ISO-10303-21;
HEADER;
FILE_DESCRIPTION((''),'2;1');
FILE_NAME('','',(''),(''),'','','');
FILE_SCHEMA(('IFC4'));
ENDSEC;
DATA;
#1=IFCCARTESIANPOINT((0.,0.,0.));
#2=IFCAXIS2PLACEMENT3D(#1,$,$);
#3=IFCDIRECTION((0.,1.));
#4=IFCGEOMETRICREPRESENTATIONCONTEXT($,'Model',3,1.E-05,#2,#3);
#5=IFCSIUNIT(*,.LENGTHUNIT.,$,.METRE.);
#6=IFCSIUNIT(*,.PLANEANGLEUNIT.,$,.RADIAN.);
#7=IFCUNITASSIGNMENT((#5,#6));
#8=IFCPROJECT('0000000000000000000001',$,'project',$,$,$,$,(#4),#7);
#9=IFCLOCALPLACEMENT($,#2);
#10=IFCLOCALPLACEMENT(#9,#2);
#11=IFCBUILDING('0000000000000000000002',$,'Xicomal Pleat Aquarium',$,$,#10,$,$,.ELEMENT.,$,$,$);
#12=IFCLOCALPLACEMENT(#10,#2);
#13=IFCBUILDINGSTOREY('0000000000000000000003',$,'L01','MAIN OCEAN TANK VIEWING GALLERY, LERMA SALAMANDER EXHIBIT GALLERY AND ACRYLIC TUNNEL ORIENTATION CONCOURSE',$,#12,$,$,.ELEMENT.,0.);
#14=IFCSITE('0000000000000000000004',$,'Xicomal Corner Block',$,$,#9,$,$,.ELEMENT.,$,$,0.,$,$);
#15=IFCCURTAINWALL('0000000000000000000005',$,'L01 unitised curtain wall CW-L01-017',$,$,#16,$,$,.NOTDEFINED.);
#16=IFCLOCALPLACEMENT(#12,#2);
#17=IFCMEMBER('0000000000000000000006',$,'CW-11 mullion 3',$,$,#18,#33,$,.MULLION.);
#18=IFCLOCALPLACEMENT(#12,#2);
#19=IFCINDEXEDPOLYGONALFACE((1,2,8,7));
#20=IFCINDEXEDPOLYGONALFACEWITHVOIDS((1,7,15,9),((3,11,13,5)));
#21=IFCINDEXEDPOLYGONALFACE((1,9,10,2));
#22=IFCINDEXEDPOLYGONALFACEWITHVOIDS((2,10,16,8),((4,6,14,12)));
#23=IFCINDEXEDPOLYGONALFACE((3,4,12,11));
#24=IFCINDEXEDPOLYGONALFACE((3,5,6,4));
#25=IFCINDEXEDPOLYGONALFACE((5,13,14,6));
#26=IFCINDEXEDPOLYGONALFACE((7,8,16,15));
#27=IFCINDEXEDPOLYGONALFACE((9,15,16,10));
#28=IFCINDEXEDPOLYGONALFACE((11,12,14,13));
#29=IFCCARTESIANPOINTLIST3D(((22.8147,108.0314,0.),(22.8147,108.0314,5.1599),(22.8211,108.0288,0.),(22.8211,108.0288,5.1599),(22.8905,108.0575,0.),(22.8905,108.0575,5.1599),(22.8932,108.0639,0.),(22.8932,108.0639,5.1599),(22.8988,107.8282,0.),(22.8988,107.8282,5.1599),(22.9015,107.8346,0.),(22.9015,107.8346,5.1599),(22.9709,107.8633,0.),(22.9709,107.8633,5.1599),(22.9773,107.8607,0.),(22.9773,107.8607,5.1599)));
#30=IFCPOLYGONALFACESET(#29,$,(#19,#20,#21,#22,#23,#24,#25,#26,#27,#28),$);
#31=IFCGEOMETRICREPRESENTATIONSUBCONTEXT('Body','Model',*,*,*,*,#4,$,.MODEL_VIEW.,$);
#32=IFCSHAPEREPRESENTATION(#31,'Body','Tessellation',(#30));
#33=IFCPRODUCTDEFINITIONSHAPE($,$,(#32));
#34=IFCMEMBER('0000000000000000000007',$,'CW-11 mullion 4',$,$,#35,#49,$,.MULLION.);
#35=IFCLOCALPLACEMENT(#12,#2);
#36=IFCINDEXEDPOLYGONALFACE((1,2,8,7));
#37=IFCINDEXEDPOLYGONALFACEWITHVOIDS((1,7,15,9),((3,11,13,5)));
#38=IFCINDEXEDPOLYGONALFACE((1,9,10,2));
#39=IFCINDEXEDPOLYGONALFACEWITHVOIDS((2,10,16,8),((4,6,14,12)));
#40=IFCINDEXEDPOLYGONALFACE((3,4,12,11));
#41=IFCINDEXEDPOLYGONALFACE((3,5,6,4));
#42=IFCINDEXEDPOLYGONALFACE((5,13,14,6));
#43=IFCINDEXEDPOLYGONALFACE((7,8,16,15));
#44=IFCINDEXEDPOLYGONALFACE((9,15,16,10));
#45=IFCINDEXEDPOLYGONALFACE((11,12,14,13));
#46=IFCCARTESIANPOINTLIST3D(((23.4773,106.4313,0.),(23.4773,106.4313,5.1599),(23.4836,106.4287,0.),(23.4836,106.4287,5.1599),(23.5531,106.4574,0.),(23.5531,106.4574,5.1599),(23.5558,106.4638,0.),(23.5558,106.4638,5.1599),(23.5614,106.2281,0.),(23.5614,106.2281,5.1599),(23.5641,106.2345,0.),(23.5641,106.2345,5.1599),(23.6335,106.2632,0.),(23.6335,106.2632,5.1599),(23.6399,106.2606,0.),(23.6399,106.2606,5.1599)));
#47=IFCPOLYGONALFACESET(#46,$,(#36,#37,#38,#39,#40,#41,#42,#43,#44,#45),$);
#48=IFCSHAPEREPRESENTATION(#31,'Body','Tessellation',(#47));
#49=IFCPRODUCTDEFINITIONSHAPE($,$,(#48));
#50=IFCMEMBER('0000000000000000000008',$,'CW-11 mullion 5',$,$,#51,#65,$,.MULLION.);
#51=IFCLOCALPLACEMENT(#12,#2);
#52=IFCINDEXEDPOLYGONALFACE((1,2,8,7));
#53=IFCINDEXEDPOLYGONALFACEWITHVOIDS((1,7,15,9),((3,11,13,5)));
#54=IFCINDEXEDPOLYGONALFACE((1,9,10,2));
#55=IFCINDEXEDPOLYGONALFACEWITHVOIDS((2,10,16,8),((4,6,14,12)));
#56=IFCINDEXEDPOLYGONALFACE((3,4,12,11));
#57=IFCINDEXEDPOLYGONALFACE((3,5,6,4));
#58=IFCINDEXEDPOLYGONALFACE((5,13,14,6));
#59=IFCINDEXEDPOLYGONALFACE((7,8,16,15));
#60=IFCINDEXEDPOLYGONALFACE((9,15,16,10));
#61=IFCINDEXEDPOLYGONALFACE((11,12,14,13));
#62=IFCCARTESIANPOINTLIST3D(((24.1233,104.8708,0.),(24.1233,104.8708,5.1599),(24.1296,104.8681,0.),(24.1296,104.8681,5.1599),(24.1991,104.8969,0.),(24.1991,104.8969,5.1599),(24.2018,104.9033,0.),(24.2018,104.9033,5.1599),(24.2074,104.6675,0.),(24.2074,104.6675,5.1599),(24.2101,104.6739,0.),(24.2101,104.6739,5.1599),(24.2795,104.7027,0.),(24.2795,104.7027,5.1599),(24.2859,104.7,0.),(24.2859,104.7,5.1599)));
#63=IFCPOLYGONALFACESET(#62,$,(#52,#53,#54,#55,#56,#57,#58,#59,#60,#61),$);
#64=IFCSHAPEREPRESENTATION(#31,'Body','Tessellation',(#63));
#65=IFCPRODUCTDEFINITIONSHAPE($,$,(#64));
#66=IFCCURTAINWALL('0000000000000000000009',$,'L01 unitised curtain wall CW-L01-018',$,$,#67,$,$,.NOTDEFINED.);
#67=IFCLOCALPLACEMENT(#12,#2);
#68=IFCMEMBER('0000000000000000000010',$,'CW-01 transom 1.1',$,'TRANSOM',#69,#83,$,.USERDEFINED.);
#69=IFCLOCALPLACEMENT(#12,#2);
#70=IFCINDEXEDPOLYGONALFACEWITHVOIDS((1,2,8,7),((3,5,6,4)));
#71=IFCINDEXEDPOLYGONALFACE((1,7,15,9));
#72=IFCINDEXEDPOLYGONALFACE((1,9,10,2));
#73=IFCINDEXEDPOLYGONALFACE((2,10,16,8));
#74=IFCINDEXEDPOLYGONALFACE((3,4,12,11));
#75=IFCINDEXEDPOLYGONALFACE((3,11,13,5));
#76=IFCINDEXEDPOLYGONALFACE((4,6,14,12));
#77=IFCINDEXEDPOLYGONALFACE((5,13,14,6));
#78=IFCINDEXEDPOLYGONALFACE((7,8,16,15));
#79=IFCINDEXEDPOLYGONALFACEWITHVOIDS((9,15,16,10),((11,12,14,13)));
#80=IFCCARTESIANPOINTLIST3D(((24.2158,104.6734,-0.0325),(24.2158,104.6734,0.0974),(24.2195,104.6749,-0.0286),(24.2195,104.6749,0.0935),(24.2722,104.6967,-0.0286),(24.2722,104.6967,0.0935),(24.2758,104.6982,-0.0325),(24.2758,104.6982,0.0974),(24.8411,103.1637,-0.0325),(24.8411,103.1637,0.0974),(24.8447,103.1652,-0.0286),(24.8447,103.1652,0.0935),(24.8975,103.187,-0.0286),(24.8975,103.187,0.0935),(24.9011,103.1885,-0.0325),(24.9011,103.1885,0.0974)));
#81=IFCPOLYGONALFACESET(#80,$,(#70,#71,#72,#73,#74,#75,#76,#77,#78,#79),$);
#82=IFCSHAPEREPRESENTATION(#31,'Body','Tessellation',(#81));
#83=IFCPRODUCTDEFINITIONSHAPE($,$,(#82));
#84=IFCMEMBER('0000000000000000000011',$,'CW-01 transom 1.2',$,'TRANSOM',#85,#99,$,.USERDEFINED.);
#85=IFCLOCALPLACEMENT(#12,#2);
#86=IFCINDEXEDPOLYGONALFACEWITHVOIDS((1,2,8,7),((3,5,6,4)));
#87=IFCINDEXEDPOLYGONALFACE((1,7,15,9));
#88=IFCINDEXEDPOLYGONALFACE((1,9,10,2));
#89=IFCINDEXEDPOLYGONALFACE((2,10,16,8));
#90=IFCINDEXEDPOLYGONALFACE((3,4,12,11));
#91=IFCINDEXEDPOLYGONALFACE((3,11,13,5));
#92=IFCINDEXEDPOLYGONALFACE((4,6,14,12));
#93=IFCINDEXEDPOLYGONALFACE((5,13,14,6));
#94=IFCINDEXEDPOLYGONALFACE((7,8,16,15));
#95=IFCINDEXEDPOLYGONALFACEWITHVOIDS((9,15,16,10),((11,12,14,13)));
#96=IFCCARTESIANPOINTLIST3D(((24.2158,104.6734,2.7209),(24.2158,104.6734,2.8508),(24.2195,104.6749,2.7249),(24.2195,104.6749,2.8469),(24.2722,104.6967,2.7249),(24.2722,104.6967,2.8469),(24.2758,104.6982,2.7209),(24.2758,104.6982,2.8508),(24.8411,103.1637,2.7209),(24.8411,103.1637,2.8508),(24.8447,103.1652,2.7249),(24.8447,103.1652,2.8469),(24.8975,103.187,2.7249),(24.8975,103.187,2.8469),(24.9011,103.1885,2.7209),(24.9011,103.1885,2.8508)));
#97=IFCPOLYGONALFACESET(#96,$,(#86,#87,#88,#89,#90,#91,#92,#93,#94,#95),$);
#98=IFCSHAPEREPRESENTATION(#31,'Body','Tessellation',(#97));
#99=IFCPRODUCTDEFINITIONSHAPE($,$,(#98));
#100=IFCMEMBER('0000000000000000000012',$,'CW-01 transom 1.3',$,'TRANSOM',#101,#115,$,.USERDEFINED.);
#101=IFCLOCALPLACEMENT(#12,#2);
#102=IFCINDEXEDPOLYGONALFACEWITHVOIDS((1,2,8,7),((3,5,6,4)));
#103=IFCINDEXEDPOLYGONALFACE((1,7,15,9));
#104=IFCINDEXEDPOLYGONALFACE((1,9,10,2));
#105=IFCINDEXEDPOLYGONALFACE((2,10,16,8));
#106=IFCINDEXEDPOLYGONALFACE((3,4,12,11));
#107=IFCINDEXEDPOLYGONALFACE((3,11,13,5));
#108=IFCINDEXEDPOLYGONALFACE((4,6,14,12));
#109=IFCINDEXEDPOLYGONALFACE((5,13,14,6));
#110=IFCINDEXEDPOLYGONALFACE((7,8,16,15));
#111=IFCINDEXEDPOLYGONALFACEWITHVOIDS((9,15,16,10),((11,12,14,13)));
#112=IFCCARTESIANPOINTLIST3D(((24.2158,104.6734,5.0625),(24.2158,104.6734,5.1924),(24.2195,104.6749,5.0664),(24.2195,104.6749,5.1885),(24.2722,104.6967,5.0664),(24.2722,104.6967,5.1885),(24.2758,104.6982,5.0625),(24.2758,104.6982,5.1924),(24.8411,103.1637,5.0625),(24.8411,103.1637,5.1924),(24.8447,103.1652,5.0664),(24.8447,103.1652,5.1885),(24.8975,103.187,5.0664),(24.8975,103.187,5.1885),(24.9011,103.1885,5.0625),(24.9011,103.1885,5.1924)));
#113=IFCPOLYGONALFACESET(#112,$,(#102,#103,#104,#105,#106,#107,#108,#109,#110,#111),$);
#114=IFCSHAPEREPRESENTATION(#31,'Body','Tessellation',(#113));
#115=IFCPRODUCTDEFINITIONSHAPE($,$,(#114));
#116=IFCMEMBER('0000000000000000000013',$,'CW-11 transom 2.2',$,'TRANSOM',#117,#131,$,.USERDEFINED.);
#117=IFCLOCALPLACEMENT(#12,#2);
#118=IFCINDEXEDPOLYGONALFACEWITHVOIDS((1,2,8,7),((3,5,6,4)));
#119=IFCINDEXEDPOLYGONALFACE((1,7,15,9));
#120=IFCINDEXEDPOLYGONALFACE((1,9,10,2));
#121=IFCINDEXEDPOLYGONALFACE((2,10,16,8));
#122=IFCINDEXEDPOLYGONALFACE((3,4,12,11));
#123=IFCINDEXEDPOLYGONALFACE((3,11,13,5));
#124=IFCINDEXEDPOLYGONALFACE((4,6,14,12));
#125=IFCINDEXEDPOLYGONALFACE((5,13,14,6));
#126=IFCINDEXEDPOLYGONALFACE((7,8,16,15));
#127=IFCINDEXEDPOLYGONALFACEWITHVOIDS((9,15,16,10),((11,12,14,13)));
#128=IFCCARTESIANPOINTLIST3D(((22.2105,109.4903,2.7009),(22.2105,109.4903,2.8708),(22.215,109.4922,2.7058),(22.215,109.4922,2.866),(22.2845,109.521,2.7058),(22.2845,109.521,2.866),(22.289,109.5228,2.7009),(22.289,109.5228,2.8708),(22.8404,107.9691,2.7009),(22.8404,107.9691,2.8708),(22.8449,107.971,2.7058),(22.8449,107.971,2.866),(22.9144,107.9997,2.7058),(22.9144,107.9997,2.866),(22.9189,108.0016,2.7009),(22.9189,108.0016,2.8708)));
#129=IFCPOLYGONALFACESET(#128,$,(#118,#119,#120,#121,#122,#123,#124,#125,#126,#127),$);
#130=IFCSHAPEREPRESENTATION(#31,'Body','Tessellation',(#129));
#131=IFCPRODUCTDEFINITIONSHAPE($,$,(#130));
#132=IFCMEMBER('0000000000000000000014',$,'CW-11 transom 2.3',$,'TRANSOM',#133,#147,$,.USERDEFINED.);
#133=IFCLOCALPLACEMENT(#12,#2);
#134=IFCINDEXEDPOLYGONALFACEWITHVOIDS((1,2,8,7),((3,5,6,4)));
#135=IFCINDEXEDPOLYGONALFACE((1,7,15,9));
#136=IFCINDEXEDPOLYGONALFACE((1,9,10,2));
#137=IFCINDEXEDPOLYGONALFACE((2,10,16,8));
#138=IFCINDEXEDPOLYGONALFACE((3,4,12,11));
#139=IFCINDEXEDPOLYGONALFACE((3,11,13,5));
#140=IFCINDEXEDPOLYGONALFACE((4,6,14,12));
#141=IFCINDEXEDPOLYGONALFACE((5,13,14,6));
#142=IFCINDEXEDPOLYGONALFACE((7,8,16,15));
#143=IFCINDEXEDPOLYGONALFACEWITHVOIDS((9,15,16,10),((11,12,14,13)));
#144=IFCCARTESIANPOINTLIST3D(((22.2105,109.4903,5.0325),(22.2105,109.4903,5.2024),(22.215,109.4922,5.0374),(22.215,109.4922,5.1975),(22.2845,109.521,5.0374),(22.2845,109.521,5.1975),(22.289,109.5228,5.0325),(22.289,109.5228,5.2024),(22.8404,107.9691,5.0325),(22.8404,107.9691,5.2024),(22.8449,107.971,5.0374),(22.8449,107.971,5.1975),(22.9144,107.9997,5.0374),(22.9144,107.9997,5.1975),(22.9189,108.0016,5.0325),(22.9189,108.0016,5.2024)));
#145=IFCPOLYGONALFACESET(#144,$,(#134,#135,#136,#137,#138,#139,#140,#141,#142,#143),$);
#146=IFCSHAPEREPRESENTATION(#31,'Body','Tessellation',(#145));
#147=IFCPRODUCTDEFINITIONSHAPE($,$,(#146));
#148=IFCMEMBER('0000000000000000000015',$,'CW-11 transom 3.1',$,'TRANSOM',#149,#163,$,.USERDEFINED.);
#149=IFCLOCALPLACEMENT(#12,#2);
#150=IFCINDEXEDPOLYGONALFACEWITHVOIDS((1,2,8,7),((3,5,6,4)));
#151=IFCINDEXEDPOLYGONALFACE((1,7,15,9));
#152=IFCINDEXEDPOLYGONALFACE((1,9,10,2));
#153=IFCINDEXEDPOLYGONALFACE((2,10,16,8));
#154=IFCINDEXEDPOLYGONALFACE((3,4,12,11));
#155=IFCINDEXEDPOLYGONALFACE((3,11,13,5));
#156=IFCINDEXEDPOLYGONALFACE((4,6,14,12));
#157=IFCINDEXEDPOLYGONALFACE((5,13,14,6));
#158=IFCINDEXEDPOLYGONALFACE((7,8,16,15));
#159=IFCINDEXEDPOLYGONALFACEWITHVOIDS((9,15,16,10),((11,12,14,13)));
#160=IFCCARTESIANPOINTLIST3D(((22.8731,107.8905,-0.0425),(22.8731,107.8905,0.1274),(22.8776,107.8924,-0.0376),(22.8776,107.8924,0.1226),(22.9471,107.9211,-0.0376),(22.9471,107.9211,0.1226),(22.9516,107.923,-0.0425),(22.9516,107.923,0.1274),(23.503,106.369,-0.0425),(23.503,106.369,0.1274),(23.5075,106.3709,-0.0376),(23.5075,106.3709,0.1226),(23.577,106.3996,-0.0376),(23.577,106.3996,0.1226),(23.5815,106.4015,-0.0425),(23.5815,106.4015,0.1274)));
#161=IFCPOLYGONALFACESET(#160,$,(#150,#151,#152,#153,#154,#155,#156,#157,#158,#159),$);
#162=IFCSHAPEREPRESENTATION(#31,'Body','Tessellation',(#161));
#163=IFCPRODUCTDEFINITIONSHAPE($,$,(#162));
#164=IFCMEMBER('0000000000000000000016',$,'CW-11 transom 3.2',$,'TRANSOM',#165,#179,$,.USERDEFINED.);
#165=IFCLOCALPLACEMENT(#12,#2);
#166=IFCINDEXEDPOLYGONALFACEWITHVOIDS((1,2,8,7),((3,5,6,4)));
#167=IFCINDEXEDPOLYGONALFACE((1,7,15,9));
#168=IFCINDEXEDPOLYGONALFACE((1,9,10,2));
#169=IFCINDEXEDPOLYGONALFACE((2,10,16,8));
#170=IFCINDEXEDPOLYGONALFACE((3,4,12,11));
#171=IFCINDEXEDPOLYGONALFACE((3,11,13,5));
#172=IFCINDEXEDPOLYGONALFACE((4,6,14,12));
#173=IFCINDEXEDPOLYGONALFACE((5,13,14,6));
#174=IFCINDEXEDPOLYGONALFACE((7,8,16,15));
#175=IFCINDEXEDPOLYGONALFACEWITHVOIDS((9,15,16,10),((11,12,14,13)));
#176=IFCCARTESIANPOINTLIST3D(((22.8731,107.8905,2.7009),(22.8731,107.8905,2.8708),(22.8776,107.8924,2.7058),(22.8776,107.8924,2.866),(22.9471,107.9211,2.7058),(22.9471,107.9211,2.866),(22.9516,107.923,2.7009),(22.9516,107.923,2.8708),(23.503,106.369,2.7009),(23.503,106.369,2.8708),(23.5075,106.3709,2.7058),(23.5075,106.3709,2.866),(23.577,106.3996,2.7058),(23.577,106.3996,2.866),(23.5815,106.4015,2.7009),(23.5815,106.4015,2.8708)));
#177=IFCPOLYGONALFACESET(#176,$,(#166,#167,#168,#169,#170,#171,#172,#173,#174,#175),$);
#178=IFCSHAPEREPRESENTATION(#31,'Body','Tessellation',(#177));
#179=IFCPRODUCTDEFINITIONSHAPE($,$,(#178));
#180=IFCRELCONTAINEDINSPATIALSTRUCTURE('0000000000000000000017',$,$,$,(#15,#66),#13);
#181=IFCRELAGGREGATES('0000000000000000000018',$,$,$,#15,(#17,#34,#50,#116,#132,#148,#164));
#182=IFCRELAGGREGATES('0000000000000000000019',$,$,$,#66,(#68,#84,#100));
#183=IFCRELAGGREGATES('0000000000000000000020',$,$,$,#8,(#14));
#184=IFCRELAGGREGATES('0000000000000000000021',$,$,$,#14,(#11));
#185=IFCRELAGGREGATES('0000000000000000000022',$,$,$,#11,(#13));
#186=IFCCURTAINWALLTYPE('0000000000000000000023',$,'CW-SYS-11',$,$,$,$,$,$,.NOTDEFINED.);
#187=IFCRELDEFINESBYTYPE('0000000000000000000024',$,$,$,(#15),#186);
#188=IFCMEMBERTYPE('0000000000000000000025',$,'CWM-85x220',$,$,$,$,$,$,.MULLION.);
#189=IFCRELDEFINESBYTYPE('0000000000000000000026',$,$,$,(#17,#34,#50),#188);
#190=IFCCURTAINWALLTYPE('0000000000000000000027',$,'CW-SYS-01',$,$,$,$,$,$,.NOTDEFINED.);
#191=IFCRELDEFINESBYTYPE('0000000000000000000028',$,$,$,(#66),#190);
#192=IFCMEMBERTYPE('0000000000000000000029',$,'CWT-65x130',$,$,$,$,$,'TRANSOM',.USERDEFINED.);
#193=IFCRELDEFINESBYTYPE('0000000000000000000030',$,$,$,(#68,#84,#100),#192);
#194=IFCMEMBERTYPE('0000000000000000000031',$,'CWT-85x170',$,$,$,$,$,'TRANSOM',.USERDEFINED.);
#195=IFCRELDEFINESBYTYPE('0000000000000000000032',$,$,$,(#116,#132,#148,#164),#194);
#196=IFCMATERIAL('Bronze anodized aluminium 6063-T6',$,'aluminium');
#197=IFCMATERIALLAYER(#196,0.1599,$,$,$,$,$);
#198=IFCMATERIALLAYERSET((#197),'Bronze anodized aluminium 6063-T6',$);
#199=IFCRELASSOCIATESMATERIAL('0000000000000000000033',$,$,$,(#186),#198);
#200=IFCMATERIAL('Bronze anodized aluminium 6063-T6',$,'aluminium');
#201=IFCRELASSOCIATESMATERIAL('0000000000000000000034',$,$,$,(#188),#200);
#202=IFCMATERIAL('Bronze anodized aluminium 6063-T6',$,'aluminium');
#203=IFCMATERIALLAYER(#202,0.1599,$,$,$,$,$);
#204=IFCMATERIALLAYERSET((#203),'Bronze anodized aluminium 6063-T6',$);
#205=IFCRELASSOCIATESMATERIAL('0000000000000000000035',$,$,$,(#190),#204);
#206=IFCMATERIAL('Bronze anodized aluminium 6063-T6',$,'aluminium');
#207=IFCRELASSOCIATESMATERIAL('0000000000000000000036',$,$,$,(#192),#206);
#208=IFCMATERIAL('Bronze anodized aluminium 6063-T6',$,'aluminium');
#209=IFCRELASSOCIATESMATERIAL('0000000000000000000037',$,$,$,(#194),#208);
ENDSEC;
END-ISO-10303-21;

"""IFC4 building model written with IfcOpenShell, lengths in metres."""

from ifc_helpers import new_model, si_unit, direction, frame, origin, origin_2d, place, context, subcontext, project, spatial, hollow_rectangle, extrude, material, layer, layer_set, material_profile, profile_set, type_object, element, aggregate, save


model = new_model("IFC4")

# Units and contexts
model_context = context("Model", 3, precision=1e-05, world=origin(), true_north=direction((0.0, 1.0)))
body_context = subcontext(model_context, "Body", "Model", "MODEL_VIEW")
ifc_project = project(units=[si_unit("LENGTHUNIT", "METRE"), si_unit("PLANEANGLEUNIT", "RADIAN")], contexts=[model_context])

# Site, building, storey
site_placement = place(None, origin())
site = spatial("IfcSite", under=ifc_project, at=site_placement, Name="Xicomal Corner Block", CompositionType="ELEMENT", RefElevation=0.0)
building_placement = place(site_placement, origin())
building = spatial("IfcBuilding", under=site, at=building_placement, Name="Xicomal Pleat Aquarium", CompositionType="ELEMENT")
storey_placement = place(building_placement, origin())
storey = spatial("IfcBuildingStorey", under=building, at=storey_placement, Name="L01", Description="MAIN OCEAN TANK VIEWING GALLERY, LERMA SALAMANDER EXHIBIT GALLERY AND ACRYLIC TUNNEL ORIENTATION CONCOURSE", CompositionType="ELEMENT", Elevation=0.0)

# Curtain walls, members
ifc_material_1 = material(Name="Bronze anodized aluminium 6063-T6", Category="aluminium")
ifc_layer_1 = layer(ifc_material_1, 0.1599)
ifc_layer_set_1 = layer_set([ifc_layer_1], Name="Bronze anodized aluminium 6063-T6")
curtain_wall_type_1 = type_object("IfcCurtainWallType", Name="CW-SYS-11", PredefinedType="NOTDEFINED", material=ifc_layer_set_1)
curtain_wall_1_placement = place(storey_placement, origin())
curtain_wall_1 = element("IfcCurtainWall", 1, at=curtain_wall_1_placement, inside=storey, type_object=curtain_wall_type_1, Name="L01 unitised curtain wall CW-L01-017", PredefinedType="NOTDEFINED")
ifc_material_2 = material(Name="Bronze anodized aluminium 6063-T6", Category="aluminium")
ifc_material_profile_1 = material_profile(ifc_material_2, hollow_rectangle(XDim=0.085, YDim=0.22, WallThickness=0.0049, at=origin_2d()), Name="ALU MULL 85x220")
ifc_profile_set_1 = profile_set([ifc_material_profile_1], Name="Bronze anodized aluminium 6063-T6")
member_type_1 = type_object("IfcMemberType", Name="CWM-85x220", PredefinedType="MULLION", material=ifc_profile_set_1)
member_1_placement = place(storey_placement, frame((22.896, 107.946, 0.0), z_axis=(0.0, 0.0, 1.0), x_axis=(0.923929, 0.382564, 0.0)))
member_1 = element("IfcMember", 2, at=member_1_placement, type_object=member_type_1, Name="CW-11 mullion 3", PredefinedType="MULLION", context=body_context, shape_type="SweptSolid", body=[
    extrude(hollow_rectangle(XDim=0.085, YDim=0.22, WallThickness=0.0049, at=origin_2d()), origin(), (0.0, 0.0, 1.0), 5.1599),
])
member_2_placement = place(storey_placement, frame((23.5586, 106.3459, 0.0), z_axis=(0.0, 0.0, 1.0), x_axis=(0.923929, 0.382564, 0.0)))
member_2 = element("IfcMember", 3, at=member_2_placement, type_object=member_type_1, Name="CW-11 mullion 4", PredefinedType="MULLION", context=body_context, shape_type="SweptSolid", body=[
    extrude(hollow_rectangle(XDim=0.085, YDim=0.22, WallThickness=0.0049, at=origin_2d()), origin(), (0.0, 0.0, 1.0), 5.1599),
])
member_3_placement = place(storey_placement, frame((24.2046, 104.7854, 0.0), z_axis=(0.0, 0.0, 1.0), x_axis=(0.923929, 0.382564, 0.0)))
member_3 = element("IfcMember", 4, at=member_3_placement, type_object=member_type_1, Name="CW-11 mullion 5", PredefinedType="MULLION", context=body_context, shape_type="SweptSolid", body=[
    extrude(hollow_rectangle(XDim=0.085, YDim=0.22, WallThickness=0.0049, at=origin_2d()), origin(), (0.0, 0.0, 1.0), 5.1599),
])
ifc_material_3 = material(Name="Bronze anodized aluminium 6063-T6", Category="aluminium")
ifc_layer_2 = layer(ifc_material_3, 0.1599)
ifc_layer_set_2 = layer_set([ifc_layer_2], Name="Bronze anodized aluminium 6063-T6")
curtain_wall_type_2 = type_object("IfcCurtainWallType", Name="CW-SYS-01", PredefinedType="NOTDEFINED", material=ifc_layer_set_2)
curtain_wall_2_placement = place(storey_placement, origin())
curtain_wall_2 = element("IfcCurtainWall", 5, at=curtain_wall_2_placement, inside=storey, type_object=curtain_wall_type_2, Name="L01 unitised curtain wall CW-L01-018", PredefinedType="NOTDEFINED")
ifc_material_4 = material(Name="Bronze anodized aluminium 6063-T6", Category="aluminium")
ifc_material_profile_2 = material_profile(ifc_material_4, hollow_rectangle(XDim=0.0649, YDim=0.1299, WallThickness=0.0039, at=origin_2d()), Name="ALU TRAN 65x130")
ifc_profile_set_2 = profile_set([ifc_material_profile_2], Name="Bronze anodized aluminium 6063-T6")
member_type_2 = type_object("IfcMemberType", Name="CWT-65x130", ElementType="TRANSOM", PredefinedType="USERDEFINED", material=ifc_profile_set_2)
member_4_placement = place(storey_placement, frame((24.2458, 104.6858, 0.0325), z_axis=(0.38262, -0.923906, 0.0), x_axis=(0.923906, 0.38262, 0.0)))
member_4 = element("IfcMember", 6, at=member_4_placement, type_object=member_type_2, Name="CW-01 transom 1.1", ObjectType="TRANSOM", PredefinedType="USERDEFINED", context=body_context, shape_type="SweptSolid", body=[
    extrude(hollow_rectangle(XDim=0.0649, YDim=0.1299, WallThickness=0.0039, at=origin_2d()), origin(), (0.0, 0.0, 1.0), 1.634),
])
member_5_placement = place(storey_placement, frame((24.2458, 104.6858, 2.7859), z_axis=(0.38262, -0.923906, 0.0), x_axis=(0.923906, 0.38262, 0.0)))
member_5 = element("IfcMember", 7, at=member_5_placement, type_object=member_type_2, Name="CW-01 transom 1.2", ObjectType="TRANSOM", PredefinedType="USERDEFINED", context=body_context, shape_type="SweptSolid", body=[
    extrude(hollow_rectangle(XDim=0.0649, YDim=0.1299, WallThickness=0.0039, at=origin_2d()), origin(), (0.0, 0.0, 1.0), 1.634),
])
member_6_placement = place(storey_placement, frame((24.2458, 104.6858, 5.1274), z_axis=(0.38262, -0.923906, 0.0), x_axis=(0.923906, 0.38262, 0.0)))
member_6 = element("IfcMember", 8, at=member_6_placement, type_object=member_type_2, Name="CW-01 transom 1.3", ObjectType="TRANSOM", PredefinedType="USERDEFINED", context=body_context, shape_type="SweptSolid", body=[
    extrude(hollow_rectangle(XDim=0.0649, YDim=0.1299, WallThickness=0.0039, at=origin_2d()), origin(), (0.0, 0.0, 1.0), 1.634),
])

# Members
ifc_material_5 = material(Name="Bronze anodized aluminium 6063-T6", Category="aluminium")
ifc_material_profile_3 = material_profile(ifc_material_5, hollow_rectangle(XDim=0.085, YDim=0.1699, WallThickness=0.0049, at=origin_2d()), Name="ALU TRAN 85x170")
ifc_profile_set_3 = profile_set([ifc_material_profile_3], Name="Bronze anodized aluminium 6063-T6")
member_type_3 = type_object("IfcMemberType", Name="CWT-85x170", ElementType="TRANSOM", PredefinedType="USERDEFINED", material=ifc_profile_set_3)
member_7_placement = place(storey_placement, frame((22.2498, 109.5066, 2.7859), z_axis=(0.382561, -0.92393, 0.0), x_axis=(0.92393, 0.382561, 0.0)))
member_7 = element("IfcMember", 9, at=member_7_placement, type_object=member_type_3, Name="CW-11 transom 2.2", ObjectType="TRANSOM", PredefinedType="USERDEFINED", context=body_context, shape_type="SweptSolid", body=[
    extrude(hollow_rectangle(XDim=0.085, YDim=0.1699, WallThickness=0.0049, at=origin_2d()), origin(), (0.0, 0.0, 1.0), 1.6465),
])
member_8_placement = place(storey_placement, frame((22.2498, 109.5066, 5.1174), z_axis=(0.382561, -0.92393, 0.0), x_axis=(0.92393, 0.382561, 0.0)))
member_8 = element("IfcMember", 10, at=member_8_placement, type_object=member_type_3, Name="CW-11 transom 2.3", ObjectType="TRANSOM", PredefinedType="USERDEFINED", context=body_context, shape_type="SweptSolid", body=[
    extrude(hollow_rectangle(XDim=0.085, YDim=0.1699, WallThickness=0.0049, at=origin_2d()), origin(), (0.0, 0.0, 1.0), 1.6465),
])
member_9_placement = place(storey_placement, frame((22.9124, 107.9067, 0.0425), z_axis=(0.382509, -0.923952, 0.0), x_axis=(0.923952, 0.382509, 0.0)))
member_9 = element("IfcMember", 11, at=member_9_placement, type_object=member_type_3, Name="CW-11 transom 3.1", ObjectType="TRANSOM", PredefinedType="USERDEFINED", context=body_context, shape_type="SweptSolid", body=[
    extrude(hollow_rectangle(XDim=0.085, YDim=0.1699, WallThickness=0.0049, at=origin_2d()), origin(), (0.0, 0.0, 1.0), 1.6467),
])
member_10_placement = place(storey_placement, frame((22.9124, 107.9067, 2.7859), z_axis=(0.382509, -0.923952, 0.0), x_axis=(0.923952, 0.382509, 0.0)))
member_10 = element("IfcMember", 12, at=member_10_placement, type_object=member_type_3, Name="CW-11 transom 3.2", ObjectType="TRANSOM", PredefinedType="USERDEFINED", context=body_context, shape_type="SweptSolid", body=[
    extrude(hollow_rectangle(XDim=0.085, YDim=0.1699, WallThickness=0.0049, at=origin_2d()), origin(), (0.0, 0.0, 1.0), 1.6467),
])

aggregate(curtain_wall_1, [member_1, member_2, member_3, member_7, member_8, member_9, member_10])
aggregate(curtain_wall_2, [member_4, member_5, member_6])

save(model, "model.ifc")
